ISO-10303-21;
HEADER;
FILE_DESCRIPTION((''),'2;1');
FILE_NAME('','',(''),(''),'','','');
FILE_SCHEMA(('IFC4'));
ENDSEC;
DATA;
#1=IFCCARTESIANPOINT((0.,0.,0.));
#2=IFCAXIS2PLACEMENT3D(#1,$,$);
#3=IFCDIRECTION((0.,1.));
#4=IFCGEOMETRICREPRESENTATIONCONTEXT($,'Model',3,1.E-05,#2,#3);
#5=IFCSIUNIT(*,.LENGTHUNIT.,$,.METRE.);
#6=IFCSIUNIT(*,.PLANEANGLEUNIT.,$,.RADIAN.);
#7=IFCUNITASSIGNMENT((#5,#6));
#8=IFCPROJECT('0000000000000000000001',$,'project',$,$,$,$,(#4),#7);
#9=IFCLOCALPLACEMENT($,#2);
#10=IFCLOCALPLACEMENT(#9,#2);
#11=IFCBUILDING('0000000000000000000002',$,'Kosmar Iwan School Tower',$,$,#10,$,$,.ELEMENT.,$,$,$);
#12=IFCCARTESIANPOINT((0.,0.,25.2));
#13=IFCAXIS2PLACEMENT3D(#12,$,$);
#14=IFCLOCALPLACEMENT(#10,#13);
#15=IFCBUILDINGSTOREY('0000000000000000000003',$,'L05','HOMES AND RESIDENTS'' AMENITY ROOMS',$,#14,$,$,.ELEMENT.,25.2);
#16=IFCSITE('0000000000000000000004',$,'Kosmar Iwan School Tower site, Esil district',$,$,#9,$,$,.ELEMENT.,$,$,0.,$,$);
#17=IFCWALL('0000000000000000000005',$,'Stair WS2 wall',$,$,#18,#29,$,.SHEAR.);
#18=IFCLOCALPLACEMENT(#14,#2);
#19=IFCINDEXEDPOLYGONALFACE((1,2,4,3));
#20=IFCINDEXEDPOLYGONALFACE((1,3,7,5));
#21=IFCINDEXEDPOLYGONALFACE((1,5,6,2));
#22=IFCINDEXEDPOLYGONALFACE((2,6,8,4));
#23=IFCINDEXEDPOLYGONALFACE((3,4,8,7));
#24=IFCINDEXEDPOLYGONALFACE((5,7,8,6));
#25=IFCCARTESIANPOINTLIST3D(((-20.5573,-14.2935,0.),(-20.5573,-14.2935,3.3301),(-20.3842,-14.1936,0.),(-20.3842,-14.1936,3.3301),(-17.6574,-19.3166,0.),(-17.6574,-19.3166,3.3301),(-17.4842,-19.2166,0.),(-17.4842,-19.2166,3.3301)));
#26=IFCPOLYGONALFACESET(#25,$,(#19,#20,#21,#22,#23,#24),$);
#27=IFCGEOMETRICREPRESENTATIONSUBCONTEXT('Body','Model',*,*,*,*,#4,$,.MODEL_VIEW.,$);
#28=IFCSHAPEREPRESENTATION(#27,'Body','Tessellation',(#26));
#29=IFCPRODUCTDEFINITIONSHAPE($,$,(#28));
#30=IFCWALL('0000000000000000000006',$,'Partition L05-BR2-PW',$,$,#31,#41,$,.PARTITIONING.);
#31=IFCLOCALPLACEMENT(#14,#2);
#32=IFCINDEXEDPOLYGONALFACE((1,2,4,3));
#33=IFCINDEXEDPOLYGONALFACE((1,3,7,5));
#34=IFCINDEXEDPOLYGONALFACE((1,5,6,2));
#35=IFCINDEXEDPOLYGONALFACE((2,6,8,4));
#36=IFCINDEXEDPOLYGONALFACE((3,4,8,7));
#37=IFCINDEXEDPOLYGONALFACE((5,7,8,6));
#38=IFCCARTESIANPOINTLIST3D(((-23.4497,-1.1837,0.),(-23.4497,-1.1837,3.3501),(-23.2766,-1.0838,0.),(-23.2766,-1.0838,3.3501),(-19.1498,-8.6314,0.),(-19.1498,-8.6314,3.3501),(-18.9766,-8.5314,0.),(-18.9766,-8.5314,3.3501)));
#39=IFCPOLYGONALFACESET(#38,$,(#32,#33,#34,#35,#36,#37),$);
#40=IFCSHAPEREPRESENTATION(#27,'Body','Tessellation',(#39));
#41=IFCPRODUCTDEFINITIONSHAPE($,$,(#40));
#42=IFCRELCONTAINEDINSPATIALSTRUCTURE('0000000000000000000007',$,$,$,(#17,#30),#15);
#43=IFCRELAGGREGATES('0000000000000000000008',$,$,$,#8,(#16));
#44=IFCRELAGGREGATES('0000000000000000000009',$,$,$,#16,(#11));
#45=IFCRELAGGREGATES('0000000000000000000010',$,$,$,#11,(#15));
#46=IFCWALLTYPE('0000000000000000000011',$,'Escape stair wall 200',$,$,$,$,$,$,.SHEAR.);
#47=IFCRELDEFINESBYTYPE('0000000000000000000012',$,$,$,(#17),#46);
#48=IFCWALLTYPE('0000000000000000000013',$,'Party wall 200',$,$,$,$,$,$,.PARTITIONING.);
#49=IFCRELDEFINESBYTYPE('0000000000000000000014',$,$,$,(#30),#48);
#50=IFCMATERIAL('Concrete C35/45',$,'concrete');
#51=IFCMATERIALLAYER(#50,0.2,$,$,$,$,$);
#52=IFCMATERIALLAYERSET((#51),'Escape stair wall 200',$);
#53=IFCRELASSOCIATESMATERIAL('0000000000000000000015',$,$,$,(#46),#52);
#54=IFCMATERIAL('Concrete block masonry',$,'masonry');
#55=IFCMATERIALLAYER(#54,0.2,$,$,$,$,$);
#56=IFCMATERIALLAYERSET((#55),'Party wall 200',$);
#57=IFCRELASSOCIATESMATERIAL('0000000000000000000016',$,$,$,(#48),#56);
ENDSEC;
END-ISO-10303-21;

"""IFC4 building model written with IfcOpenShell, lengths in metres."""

from ifc_helpers import new_model, si_unit, direction, frame, frame_2d, origin, place, context, subcontext, project, spatial, rectangle, extrude, material, layer, layer_set, type_object, element, save


model = new_model("IFC4")

# Units and contexts
model_context = context("Model", 3, precision=1e-05, world=origin(), true_north=direction((0.0, 1.0)))
body_context = subcontext(model_context, "Body", "Model", "MODEL_VIEW")
ifc_project = project(units=[si_unit("LENGTHUNIT", "METRE"), si_unit("PLANEANGLEUNIT", "RADIAN")], contexts=[model_context])

# Site, building, storey
site_placement = place(None, origin())
site = spatial("IfcSite", under=ifc_project, at=site_placement, Name="Kosmar Iwan School Tower site, Esil district", CompositionType="ELEMENT", RefElevation=0.0)
building_placement = place(site_placement, origin())
building = spatial("IfcBuilding", under=site, at=building_placement, Name="Kosmar Iwan School Tower", CompositionType="ELEMENT")
storey_placement = place(building_placement, frame((0.0, 0.0, 25.2)))
storey = spatial("IfcBuildingStorey", under=building, at=storey_placement, Name="L05", Description="HOMES AND RESIDENTS' AMENITY ROOMS", CompositionType="ELEMENT", Elevation=25.2)

# Walls
ifc_material_1 = material(Name="Concrete C35/45", Category="concrete")
ifc_layer_1 = layer(ifc_material_1, 0.2)
ifc_layer_set_1 = layer_set([ifc_layer_1], Name="Escape stair wall 200")
wall_type_1 = type_object("IfcWallType", Name="Escape stair wall 200", PredefinedType="SHEAR", material=ifc_layer_set_1)
wall_1_placement = place(storey_placement, frame((-20.4707, -14.2437, 0.0), z_axis=(0.0, 0.0, 1.0), x_axis=(0.499987, -0.866033, 0.0)))
element("IfcWall", 1, at=wall_1_placement, inside=storey, type_object=wall_type_1, Name="Stair WS2 wall", PredefinedType="SHEAR", context=body_context, shape_type="SweptSolid", body=[
    extrude(rectangle(XDim=5.8, YDim=0.2, at=frame_2d((2.8999, 0.0))), origin(), (0.0, 0.0, 1.0), 3.3301),
])
ifc_material_2 = material(Name="Concrete block masonry", Category="masonry")
ifc_layer_2 = layer(ifc_material_2, 0.2)
ifc_layer_set_2 = layer_set([ifc_layer_2], Name="Party wall 200")
wall_type_2 = type_object("IfcWallType", Name="Party wall 200", PredefinedType="PARTITIONING", material=ifc_layer_set_2)
wall_2_placement = place(storey_placement, frame((-19.0632, -8.5813, 0.0), z_axis=(0.0, 0.0, 1.0), x_axis=(-0.500008, 0.866021, 0.0)))
element("IfcWall", 2, at=wall_2_placement, inside=storey, type_object=wall_type_2, Name="Partition L05-BR2-PW", PredefinedType="PARTITIONING", context=body_context, shape_type="SweptSolid", body=[
    extrude(rectangle(XDim=8.5999, YDim=0.2, at=frame_2d((4.2998, 0.0))), origin(), (0.0, 0.0, 1.0), 3.3501),
])

save(model, "model.ifc")
